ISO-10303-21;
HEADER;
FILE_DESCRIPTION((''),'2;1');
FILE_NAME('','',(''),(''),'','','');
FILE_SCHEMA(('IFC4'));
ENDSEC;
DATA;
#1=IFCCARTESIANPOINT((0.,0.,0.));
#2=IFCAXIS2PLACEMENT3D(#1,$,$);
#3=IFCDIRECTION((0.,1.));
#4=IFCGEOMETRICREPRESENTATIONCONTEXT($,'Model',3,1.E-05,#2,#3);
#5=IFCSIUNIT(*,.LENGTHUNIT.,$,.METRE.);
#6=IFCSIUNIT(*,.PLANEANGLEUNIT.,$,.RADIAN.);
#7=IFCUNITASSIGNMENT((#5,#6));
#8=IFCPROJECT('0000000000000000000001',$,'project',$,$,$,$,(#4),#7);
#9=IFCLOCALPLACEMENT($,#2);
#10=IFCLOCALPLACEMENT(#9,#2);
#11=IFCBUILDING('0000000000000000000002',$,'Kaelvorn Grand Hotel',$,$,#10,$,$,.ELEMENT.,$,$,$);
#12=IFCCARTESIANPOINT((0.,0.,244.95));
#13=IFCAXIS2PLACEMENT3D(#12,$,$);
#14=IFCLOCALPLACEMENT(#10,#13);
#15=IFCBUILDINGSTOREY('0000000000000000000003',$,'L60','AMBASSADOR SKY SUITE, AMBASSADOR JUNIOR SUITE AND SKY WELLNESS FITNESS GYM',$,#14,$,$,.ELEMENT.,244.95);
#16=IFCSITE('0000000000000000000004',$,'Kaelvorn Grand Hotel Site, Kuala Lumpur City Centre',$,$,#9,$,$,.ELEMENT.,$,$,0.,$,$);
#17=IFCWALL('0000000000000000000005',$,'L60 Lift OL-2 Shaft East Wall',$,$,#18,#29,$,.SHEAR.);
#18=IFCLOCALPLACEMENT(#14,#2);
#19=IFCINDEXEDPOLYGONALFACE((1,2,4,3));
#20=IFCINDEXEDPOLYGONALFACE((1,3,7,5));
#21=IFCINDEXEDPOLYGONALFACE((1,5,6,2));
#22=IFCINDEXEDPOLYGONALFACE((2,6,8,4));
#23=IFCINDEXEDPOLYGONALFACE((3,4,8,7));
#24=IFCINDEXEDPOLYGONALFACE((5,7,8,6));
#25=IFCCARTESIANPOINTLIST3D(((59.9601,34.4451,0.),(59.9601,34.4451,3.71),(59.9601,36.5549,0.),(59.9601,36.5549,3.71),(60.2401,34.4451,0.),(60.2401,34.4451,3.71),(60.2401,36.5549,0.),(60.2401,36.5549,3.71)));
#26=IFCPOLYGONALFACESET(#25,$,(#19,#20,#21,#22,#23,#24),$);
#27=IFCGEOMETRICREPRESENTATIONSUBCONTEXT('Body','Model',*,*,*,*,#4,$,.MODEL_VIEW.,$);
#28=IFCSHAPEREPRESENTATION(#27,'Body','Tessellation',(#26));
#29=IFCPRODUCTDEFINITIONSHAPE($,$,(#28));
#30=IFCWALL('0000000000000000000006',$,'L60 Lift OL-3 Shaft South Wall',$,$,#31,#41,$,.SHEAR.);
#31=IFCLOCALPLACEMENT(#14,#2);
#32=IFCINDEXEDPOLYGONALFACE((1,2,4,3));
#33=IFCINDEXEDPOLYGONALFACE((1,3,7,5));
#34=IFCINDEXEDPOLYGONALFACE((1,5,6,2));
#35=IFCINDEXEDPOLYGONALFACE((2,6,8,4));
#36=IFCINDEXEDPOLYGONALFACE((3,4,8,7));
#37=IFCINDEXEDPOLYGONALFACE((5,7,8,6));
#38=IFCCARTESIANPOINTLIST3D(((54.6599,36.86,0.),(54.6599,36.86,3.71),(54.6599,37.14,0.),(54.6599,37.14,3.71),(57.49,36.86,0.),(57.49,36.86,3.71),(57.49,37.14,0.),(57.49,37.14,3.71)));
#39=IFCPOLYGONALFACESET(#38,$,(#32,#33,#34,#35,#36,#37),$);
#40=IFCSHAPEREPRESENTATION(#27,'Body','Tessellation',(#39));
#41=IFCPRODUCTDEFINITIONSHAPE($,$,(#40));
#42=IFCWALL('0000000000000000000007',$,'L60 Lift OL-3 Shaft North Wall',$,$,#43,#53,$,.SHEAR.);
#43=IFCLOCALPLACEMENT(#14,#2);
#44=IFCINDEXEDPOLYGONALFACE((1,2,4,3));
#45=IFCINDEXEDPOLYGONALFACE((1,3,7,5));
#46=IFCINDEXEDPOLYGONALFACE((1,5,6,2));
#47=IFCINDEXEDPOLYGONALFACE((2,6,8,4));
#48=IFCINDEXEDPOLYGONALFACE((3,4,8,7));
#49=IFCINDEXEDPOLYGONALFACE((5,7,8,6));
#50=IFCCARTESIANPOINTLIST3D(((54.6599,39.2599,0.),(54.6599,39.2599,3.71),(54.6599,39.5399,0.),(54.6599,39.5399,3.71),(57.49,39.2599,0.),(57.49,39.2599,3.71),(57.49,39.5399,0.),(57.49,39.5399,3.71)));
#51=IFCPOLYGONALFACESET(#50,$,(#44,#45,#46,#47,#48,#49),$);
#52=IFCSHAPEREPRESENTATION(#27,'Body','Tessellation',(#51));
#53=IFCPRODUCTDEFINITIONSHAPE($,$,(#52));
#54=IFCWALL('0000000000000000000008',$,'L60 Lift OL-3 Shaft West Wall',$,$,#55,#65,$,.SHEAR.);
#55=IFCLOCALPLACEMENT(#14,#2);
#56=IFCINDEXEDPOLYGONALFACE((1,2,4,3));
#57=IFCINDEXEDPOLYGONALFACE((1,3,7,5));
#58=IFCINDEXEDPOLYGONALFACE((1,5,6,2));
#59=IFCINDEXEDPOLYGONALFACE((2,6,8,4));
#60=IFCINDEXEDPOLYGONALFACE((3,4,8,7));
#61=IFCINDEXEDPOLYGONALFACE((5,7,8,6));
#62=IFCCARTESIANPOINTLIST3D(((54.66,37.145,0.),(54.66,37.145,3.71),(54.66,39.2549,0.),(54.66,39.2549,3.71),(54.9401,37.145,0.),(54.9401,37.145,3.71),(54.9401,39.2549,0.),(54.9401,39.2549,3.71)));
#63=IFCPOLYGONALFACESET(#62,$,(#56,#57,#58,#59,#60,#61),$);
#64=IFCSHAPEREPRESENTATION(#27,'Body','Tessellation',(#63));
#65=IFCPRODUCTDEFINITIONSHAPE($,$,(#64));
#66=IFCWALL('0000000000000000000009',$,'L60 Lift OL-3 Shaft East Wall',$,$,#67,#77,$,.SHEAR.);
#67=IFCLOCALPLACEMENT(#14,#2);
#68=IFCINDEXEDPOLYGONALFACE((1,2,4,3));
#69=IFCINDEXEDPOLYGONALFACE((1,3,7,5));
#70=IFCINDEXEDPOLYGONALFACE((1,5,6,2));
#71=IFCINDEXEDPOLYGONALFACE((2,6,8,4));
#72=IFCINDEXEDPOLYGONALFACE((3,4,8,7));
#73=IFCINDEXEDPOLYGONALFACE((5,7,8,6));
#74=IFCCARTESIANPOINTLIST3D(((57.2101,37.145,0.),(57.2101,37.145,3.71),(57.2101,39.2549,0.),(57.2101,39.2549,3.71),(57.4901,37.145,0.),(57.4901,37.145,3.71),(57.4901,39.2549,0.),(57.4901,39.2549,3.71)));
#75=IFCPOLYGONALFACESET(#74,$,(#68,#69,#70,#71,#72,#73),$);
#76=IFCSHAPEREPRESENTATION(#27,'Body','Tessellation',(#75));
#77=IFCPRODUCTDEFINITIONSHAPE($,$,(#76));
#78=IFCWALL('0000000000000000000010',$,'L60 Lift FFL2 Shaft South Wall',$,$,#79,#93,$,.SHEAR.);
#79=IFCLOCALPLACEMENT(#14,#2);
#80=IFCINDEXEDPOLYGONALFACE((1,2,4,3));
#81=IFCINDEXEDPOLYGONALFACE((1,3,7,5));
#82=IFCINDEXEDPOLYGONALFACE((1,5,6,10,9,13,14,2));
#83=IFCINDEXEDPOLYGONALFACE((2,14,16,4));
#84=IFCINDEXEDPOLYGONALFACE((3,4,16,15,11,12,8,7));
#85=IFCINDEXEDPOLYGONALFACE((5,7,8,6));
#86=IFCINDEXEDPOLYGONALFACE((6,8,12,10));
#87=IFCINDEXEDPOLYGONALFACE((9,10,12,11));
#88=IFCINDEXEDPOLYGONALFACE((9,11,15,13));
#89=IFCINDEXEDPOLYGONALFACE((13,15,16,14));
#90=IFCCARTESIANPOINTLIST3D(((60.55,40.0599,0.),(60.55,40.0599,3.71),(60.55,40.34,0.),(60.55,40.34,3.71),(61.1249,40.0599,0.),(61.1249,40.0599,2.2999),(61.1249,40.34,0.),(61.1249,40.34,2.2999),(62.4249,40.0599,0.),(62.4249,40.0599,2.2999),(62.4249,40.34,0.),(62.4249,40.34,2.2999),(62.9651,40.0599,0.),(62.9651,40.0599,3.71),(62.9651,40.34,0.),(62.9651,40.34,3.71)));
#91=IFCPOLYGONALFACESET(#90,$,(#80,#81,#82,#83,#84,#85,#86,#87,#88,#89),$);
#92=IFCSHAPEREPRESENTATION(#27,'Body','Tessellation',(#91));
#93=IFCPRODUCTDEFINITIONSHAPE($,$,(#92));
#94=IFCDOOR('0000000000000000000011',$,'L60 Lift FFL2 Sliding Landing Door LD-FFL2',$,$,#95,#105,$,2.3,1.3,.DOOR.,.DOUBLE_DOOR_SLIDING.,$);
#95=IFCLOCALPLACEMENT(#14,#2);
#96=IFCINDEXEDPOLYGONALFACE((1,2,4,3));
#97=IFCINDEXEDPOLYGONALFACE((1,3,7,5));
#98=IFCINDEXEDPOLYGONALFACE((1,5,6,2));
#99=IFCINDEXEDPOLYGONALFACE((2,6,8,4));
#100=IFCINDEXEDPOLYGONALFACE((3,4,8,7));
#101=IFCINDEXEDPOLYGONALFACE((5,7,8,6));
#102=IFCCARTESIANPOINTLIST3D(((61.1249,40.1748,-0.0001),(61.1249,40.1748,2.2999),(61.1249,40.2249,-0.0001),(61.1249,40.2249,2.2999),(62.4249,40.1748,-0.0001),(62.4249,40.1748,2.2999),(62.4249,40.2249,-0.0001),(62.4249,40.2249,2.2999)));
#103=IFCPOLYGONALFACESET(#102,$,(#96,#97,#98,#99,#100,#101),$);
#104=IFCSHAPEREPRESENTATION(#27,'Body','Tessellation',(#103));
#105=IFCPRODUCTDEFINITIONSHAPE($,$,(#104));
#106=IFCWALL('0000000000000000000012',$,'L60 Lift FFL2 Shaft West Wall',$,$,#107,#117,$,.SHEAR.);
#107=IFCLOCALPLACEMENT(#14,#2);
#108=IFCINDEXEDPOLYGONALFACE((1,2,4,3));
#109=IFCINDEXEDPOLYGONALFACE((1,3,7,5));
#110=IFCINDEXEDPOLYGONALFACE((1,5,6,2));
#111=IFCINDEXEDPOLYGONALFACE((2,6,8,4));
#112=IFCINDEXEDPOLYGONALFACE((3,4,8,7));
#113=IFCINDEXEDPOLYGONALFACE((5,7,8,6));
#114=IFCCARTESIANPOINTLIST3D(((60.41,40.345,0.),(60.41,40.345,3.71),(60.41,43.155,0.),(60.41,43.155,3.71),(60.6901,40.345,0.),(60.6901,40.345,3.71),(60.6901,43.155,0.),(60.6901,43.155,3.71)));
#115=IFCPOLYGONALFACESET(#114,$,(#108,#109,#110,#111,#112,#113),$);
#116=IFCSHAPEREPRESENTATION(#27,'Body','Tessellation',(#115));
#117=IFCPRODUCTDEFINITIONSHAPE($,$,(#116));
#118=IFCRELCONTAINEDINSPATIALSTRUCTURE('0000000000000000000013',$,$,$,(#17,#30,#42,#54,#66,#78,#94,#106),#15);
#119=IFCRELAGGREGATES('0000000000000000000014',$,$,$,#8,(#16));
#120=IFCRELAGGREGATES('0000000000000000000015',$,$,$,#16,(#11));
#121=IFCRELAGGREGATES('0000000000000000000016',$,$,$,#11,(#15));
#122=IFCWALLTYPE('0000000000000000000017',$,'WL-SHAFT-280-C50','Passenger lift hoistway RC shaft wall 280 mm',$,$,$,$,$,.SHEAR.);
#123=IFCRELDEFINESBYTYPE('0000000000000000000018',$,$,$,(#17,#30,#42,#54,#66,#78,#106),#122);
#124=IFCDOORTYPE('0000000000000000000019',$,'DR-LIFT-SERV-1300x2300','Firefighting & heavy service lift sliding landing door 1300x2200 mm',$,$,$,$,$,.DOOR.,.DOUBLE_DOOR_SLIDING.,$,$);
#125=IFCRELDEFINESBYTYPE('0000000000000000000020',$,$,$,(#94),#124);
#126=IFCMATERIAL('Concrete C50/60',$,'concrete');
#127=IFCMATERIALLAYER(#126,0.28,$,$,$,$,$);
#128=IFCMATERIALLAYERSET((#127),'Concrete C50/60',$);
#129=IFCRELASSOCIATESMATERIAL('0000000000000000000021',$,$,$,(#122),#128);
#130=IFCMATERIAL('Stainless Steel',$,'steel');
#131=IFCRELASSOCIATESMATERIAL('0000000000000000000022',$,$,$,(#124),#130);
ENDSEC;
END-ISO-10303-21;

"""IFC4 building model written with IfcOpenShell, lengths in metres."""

from ifc_helpers import new_model, si_unit, direction, frame, frame_2d, origin, place, context, subcontext, project, spatial, rectangle, extrude, material, layer, layer_set, type_object, element, fill, save


model = new_model("IFC4")

# Units and contexts
model_context = context("Model", 3, precision=1e-05, world=origin(), true_north=direction((0.0, 1.0)))
body_context = subcontext(model_context, "Body", "Model", "MODEL_VIEW")
ifc_project = project(units=[si_unit("LENGTHUNIT", "METRE"), si_unit("PLANEANGLEUNIT", "RADIAN")], contexts=[model_context])

# Site, building, storey
site_placement = place(None, origin())
site = spatial("IfcSite", under=ifc_project, at=site_placement, Name="Kaelvorn Grand Hotel Site, Kuala Lumpur City Centre", CompositionType="ELEMENT", RefElevation=0.0)
building_placement = place(site_placement, origin())
building = spatial("IfcBuilding", under=site, at=building_placement, Name="Kaelvorn Grand Hotel", CompositionType="ELEMENT")
storey_placement = place(building_placement, frame((0.0, 0.0, 244.95)))
storey = spatial("IfcBuildingStorey", under=building, at=storey_placement, Name="L60", Description="AMBASSADOR SKY SUITE, AMBASSADOR JUNIOR SUITE AND SKY WELLNESS FITNESS GYM", CompositionType="ELEMENT", Elevation=244.95)

# Shared definitions
ifc_material_1 = material(Name="Concrete C50/60", Category="concrete")

# Walls
ifc_layer_1 = layer(ifc_material_1, 0.28)
ifc_layer_set_1 = layer_set([ifc_layer_1], Name="Concrete C50/60")
wall_type_1 = type_object("IfcWallType", Name="WL-SHAFT-280-C50", Description="Passenger lift hoistway RC shaft wall 280 mm", PredefinedType="SHEAR", material=ifc_layer_set_1)
wall_1_placement = place(storey_placement, frame((60.1001, 34.4451, 0.0), z_axis=(0.0, 0.0, 1.0), x_axis=(0.0, 1.0, 0.0)))
element("IfcWall", 1, at=wall_1_placement, inside=storey, type_object=wall_type_1, Name="L60 Lift OL-2 Shaft East Wall", PredefinedType="SHEAR", context=body_context, shape_type="SweptSolid", body=[
    extrude(rectangle(XDim=2.1099, YDim=0.28, at=frame_2d((1.0549, 0.0))), origin(), (0.0, 0.0, 1.0), 3.71),
])
for number, where, z_axis, x_axis, name in (
    (2, (54.6599, 37.0, 0.0), (0.0, 0.0, 1.0), (1.0, 0.0, 0.0), "L60 Lift OL-3 Shaft South Wall"),
    (3, (54.6599, 39.3999, 0.0), (0.0, 0.0, 1.0), (1.0, 0.0, 0.0), "L60 Lift OL-3 Shaft North Wall"),
):
    element("IfcWall", number, at=place(storey_placement, frame(where, z_axis=z_axis, x_axis=x_axis)), inside=storey, type_object=wall_type_1, Name=name, PredefinedType="SHEAR", context=body_context, shape_type="SweptSolid", body=[
        extrude(rectangle(XDim=2.8301, YDim=0.28, at=frame_2d((1.415, 0.0))), origin(), (0.0, 0.0, 1.0), 3.71),
    ])
for number, where, z_axis, x_axis, name in (
    (4, (54.8, 37.145, 0.0), (0.0, 0.0, 1.0), (0.0, 1.0, 0.0), "L60 Lift OL-3 Shaft West Wall"),
    (5, (57.3501, 37.145, 0.0), (0.0, 0.0, 1.0), (0.0, 1.0, 0.0), "L60 Lift OL-3 Shaft East Wall"),
):
    element("IfcWall", number, at=place(storey_placement, frame(where, z_axis=z_axis, x_axis=x_axis)), inside=storey, type_object=wall_type_1, Name=name, PredefinedType="SHEAR", context=body_context, shape_type="SweptSolid", body=[
        extrude(rectangle(XDim=2.1099, YDim=0.28, at=frame_2d((1.0549, 0.0))), origin(), (0.0, 0.0, 1.0), 3.71),
    ])

# Wall, opening, door
wall_2_placement = place(storey_placement, frame((60.55, 40.2, 0.0), z_axis=(0.0, 0.0, 1.0), x_axis=(1.0, 0.0, 0.0)))
wall_2 = element("IfcWall", 6, at=wall_2_placement, inside=storey, type_object=wall_type_1, Name="L60 Lift FFL2 Shaft South Wall", PredefinedType="SHEAR", context=body_context, shape_type="SweptSolid", body=[
    extrude(rectangle(XDim=2.415, YDim=0.28, at=frame_2d((1.2075, 0.0))), origin(), (0.0, 0.0, 1.0), 3.71),
])
opening_1_placement = place(wall_2_placement, frame((0.575, 0.0, 0.0)))
opening_1 = element("IfcOpeningElement", 7, at=opening_1_placement, cuts=wall_2, PredefinedType="OPENING", context=body_context, shape_type="SweptSolid", body=[
    extrude(rectangle(XDim=1.3, YDim=2.3, at=frame_2d((0.6499, 1.1499))), frame((0.0, 0.1499, 0.0), z_axis=(0.0, -1.0, 0.0), x_axis=(1.0, 0.0, 0.0)), (0.0, 0.0, 1.0), 0.3),
])
ifc_material_2 = material(Name="Stainless Steel", Category="steel")
door_type_1 = type_object("IfcDoorType", Name="DR-LIFT-SERV-1300x2300", Description="Firefighting & heavy service lift sliding landing door 1300x2200 mm", OperationType="DOUBLE_DOOR_SLIDING", PredefinedType="DOOR", material=ifc_material_2)
door_1_placement = place(opening_1_placement, origin())
door_1 = element("IfcDoor", 8, at=door_1_placement, inside=storey, type_object=door_type_1, Name="L60 Lift FFL2 Sliding Landing Door LD-FFL2", OperationType="DOUBLE_DOOR_SLIDING", OverallHeight=2.3, OverallWidth=1.3, PredefinedType="DOOR", context=body_context, shape_type="SweptSolid", body=[
    extrude(rectangle(XDim=1.3, YDim=2.3, at=frame_2d((0.6499, 1.1499))), frame((0.0, 0.0249, 0.0), z_axis=(0.0, -1.0, 0.0), x_axis=(1.0, 0.0, 0.0)), (0.0, 0.0, 1.0), 0.05),
])
fill(opening_1, door_1)

# Wall
wall_3_placement = place(storey_placement, frame((60.55, 40.345, 0.0), z_axis=(0.0, 0.0, 1.0), x_axis=(0.0, 1.0, 0.0)))
element("IfcWall", 9, at=wall_3_placement, inside=storey, type_object=wall_type_1, Name="L60 Lift FFL2 Shaft West Wall", PredefinedType="SHEAR", context=body_context, shape_type="SweptSolid", body=[
    extrude(rectangle(XDim=2.8101, YDim=0.28, at=frame_2d((1.405, 0.0))), origin(), (0.0, 0.0, 1.0), 3.71),
])

save(model, "model.ifc")
